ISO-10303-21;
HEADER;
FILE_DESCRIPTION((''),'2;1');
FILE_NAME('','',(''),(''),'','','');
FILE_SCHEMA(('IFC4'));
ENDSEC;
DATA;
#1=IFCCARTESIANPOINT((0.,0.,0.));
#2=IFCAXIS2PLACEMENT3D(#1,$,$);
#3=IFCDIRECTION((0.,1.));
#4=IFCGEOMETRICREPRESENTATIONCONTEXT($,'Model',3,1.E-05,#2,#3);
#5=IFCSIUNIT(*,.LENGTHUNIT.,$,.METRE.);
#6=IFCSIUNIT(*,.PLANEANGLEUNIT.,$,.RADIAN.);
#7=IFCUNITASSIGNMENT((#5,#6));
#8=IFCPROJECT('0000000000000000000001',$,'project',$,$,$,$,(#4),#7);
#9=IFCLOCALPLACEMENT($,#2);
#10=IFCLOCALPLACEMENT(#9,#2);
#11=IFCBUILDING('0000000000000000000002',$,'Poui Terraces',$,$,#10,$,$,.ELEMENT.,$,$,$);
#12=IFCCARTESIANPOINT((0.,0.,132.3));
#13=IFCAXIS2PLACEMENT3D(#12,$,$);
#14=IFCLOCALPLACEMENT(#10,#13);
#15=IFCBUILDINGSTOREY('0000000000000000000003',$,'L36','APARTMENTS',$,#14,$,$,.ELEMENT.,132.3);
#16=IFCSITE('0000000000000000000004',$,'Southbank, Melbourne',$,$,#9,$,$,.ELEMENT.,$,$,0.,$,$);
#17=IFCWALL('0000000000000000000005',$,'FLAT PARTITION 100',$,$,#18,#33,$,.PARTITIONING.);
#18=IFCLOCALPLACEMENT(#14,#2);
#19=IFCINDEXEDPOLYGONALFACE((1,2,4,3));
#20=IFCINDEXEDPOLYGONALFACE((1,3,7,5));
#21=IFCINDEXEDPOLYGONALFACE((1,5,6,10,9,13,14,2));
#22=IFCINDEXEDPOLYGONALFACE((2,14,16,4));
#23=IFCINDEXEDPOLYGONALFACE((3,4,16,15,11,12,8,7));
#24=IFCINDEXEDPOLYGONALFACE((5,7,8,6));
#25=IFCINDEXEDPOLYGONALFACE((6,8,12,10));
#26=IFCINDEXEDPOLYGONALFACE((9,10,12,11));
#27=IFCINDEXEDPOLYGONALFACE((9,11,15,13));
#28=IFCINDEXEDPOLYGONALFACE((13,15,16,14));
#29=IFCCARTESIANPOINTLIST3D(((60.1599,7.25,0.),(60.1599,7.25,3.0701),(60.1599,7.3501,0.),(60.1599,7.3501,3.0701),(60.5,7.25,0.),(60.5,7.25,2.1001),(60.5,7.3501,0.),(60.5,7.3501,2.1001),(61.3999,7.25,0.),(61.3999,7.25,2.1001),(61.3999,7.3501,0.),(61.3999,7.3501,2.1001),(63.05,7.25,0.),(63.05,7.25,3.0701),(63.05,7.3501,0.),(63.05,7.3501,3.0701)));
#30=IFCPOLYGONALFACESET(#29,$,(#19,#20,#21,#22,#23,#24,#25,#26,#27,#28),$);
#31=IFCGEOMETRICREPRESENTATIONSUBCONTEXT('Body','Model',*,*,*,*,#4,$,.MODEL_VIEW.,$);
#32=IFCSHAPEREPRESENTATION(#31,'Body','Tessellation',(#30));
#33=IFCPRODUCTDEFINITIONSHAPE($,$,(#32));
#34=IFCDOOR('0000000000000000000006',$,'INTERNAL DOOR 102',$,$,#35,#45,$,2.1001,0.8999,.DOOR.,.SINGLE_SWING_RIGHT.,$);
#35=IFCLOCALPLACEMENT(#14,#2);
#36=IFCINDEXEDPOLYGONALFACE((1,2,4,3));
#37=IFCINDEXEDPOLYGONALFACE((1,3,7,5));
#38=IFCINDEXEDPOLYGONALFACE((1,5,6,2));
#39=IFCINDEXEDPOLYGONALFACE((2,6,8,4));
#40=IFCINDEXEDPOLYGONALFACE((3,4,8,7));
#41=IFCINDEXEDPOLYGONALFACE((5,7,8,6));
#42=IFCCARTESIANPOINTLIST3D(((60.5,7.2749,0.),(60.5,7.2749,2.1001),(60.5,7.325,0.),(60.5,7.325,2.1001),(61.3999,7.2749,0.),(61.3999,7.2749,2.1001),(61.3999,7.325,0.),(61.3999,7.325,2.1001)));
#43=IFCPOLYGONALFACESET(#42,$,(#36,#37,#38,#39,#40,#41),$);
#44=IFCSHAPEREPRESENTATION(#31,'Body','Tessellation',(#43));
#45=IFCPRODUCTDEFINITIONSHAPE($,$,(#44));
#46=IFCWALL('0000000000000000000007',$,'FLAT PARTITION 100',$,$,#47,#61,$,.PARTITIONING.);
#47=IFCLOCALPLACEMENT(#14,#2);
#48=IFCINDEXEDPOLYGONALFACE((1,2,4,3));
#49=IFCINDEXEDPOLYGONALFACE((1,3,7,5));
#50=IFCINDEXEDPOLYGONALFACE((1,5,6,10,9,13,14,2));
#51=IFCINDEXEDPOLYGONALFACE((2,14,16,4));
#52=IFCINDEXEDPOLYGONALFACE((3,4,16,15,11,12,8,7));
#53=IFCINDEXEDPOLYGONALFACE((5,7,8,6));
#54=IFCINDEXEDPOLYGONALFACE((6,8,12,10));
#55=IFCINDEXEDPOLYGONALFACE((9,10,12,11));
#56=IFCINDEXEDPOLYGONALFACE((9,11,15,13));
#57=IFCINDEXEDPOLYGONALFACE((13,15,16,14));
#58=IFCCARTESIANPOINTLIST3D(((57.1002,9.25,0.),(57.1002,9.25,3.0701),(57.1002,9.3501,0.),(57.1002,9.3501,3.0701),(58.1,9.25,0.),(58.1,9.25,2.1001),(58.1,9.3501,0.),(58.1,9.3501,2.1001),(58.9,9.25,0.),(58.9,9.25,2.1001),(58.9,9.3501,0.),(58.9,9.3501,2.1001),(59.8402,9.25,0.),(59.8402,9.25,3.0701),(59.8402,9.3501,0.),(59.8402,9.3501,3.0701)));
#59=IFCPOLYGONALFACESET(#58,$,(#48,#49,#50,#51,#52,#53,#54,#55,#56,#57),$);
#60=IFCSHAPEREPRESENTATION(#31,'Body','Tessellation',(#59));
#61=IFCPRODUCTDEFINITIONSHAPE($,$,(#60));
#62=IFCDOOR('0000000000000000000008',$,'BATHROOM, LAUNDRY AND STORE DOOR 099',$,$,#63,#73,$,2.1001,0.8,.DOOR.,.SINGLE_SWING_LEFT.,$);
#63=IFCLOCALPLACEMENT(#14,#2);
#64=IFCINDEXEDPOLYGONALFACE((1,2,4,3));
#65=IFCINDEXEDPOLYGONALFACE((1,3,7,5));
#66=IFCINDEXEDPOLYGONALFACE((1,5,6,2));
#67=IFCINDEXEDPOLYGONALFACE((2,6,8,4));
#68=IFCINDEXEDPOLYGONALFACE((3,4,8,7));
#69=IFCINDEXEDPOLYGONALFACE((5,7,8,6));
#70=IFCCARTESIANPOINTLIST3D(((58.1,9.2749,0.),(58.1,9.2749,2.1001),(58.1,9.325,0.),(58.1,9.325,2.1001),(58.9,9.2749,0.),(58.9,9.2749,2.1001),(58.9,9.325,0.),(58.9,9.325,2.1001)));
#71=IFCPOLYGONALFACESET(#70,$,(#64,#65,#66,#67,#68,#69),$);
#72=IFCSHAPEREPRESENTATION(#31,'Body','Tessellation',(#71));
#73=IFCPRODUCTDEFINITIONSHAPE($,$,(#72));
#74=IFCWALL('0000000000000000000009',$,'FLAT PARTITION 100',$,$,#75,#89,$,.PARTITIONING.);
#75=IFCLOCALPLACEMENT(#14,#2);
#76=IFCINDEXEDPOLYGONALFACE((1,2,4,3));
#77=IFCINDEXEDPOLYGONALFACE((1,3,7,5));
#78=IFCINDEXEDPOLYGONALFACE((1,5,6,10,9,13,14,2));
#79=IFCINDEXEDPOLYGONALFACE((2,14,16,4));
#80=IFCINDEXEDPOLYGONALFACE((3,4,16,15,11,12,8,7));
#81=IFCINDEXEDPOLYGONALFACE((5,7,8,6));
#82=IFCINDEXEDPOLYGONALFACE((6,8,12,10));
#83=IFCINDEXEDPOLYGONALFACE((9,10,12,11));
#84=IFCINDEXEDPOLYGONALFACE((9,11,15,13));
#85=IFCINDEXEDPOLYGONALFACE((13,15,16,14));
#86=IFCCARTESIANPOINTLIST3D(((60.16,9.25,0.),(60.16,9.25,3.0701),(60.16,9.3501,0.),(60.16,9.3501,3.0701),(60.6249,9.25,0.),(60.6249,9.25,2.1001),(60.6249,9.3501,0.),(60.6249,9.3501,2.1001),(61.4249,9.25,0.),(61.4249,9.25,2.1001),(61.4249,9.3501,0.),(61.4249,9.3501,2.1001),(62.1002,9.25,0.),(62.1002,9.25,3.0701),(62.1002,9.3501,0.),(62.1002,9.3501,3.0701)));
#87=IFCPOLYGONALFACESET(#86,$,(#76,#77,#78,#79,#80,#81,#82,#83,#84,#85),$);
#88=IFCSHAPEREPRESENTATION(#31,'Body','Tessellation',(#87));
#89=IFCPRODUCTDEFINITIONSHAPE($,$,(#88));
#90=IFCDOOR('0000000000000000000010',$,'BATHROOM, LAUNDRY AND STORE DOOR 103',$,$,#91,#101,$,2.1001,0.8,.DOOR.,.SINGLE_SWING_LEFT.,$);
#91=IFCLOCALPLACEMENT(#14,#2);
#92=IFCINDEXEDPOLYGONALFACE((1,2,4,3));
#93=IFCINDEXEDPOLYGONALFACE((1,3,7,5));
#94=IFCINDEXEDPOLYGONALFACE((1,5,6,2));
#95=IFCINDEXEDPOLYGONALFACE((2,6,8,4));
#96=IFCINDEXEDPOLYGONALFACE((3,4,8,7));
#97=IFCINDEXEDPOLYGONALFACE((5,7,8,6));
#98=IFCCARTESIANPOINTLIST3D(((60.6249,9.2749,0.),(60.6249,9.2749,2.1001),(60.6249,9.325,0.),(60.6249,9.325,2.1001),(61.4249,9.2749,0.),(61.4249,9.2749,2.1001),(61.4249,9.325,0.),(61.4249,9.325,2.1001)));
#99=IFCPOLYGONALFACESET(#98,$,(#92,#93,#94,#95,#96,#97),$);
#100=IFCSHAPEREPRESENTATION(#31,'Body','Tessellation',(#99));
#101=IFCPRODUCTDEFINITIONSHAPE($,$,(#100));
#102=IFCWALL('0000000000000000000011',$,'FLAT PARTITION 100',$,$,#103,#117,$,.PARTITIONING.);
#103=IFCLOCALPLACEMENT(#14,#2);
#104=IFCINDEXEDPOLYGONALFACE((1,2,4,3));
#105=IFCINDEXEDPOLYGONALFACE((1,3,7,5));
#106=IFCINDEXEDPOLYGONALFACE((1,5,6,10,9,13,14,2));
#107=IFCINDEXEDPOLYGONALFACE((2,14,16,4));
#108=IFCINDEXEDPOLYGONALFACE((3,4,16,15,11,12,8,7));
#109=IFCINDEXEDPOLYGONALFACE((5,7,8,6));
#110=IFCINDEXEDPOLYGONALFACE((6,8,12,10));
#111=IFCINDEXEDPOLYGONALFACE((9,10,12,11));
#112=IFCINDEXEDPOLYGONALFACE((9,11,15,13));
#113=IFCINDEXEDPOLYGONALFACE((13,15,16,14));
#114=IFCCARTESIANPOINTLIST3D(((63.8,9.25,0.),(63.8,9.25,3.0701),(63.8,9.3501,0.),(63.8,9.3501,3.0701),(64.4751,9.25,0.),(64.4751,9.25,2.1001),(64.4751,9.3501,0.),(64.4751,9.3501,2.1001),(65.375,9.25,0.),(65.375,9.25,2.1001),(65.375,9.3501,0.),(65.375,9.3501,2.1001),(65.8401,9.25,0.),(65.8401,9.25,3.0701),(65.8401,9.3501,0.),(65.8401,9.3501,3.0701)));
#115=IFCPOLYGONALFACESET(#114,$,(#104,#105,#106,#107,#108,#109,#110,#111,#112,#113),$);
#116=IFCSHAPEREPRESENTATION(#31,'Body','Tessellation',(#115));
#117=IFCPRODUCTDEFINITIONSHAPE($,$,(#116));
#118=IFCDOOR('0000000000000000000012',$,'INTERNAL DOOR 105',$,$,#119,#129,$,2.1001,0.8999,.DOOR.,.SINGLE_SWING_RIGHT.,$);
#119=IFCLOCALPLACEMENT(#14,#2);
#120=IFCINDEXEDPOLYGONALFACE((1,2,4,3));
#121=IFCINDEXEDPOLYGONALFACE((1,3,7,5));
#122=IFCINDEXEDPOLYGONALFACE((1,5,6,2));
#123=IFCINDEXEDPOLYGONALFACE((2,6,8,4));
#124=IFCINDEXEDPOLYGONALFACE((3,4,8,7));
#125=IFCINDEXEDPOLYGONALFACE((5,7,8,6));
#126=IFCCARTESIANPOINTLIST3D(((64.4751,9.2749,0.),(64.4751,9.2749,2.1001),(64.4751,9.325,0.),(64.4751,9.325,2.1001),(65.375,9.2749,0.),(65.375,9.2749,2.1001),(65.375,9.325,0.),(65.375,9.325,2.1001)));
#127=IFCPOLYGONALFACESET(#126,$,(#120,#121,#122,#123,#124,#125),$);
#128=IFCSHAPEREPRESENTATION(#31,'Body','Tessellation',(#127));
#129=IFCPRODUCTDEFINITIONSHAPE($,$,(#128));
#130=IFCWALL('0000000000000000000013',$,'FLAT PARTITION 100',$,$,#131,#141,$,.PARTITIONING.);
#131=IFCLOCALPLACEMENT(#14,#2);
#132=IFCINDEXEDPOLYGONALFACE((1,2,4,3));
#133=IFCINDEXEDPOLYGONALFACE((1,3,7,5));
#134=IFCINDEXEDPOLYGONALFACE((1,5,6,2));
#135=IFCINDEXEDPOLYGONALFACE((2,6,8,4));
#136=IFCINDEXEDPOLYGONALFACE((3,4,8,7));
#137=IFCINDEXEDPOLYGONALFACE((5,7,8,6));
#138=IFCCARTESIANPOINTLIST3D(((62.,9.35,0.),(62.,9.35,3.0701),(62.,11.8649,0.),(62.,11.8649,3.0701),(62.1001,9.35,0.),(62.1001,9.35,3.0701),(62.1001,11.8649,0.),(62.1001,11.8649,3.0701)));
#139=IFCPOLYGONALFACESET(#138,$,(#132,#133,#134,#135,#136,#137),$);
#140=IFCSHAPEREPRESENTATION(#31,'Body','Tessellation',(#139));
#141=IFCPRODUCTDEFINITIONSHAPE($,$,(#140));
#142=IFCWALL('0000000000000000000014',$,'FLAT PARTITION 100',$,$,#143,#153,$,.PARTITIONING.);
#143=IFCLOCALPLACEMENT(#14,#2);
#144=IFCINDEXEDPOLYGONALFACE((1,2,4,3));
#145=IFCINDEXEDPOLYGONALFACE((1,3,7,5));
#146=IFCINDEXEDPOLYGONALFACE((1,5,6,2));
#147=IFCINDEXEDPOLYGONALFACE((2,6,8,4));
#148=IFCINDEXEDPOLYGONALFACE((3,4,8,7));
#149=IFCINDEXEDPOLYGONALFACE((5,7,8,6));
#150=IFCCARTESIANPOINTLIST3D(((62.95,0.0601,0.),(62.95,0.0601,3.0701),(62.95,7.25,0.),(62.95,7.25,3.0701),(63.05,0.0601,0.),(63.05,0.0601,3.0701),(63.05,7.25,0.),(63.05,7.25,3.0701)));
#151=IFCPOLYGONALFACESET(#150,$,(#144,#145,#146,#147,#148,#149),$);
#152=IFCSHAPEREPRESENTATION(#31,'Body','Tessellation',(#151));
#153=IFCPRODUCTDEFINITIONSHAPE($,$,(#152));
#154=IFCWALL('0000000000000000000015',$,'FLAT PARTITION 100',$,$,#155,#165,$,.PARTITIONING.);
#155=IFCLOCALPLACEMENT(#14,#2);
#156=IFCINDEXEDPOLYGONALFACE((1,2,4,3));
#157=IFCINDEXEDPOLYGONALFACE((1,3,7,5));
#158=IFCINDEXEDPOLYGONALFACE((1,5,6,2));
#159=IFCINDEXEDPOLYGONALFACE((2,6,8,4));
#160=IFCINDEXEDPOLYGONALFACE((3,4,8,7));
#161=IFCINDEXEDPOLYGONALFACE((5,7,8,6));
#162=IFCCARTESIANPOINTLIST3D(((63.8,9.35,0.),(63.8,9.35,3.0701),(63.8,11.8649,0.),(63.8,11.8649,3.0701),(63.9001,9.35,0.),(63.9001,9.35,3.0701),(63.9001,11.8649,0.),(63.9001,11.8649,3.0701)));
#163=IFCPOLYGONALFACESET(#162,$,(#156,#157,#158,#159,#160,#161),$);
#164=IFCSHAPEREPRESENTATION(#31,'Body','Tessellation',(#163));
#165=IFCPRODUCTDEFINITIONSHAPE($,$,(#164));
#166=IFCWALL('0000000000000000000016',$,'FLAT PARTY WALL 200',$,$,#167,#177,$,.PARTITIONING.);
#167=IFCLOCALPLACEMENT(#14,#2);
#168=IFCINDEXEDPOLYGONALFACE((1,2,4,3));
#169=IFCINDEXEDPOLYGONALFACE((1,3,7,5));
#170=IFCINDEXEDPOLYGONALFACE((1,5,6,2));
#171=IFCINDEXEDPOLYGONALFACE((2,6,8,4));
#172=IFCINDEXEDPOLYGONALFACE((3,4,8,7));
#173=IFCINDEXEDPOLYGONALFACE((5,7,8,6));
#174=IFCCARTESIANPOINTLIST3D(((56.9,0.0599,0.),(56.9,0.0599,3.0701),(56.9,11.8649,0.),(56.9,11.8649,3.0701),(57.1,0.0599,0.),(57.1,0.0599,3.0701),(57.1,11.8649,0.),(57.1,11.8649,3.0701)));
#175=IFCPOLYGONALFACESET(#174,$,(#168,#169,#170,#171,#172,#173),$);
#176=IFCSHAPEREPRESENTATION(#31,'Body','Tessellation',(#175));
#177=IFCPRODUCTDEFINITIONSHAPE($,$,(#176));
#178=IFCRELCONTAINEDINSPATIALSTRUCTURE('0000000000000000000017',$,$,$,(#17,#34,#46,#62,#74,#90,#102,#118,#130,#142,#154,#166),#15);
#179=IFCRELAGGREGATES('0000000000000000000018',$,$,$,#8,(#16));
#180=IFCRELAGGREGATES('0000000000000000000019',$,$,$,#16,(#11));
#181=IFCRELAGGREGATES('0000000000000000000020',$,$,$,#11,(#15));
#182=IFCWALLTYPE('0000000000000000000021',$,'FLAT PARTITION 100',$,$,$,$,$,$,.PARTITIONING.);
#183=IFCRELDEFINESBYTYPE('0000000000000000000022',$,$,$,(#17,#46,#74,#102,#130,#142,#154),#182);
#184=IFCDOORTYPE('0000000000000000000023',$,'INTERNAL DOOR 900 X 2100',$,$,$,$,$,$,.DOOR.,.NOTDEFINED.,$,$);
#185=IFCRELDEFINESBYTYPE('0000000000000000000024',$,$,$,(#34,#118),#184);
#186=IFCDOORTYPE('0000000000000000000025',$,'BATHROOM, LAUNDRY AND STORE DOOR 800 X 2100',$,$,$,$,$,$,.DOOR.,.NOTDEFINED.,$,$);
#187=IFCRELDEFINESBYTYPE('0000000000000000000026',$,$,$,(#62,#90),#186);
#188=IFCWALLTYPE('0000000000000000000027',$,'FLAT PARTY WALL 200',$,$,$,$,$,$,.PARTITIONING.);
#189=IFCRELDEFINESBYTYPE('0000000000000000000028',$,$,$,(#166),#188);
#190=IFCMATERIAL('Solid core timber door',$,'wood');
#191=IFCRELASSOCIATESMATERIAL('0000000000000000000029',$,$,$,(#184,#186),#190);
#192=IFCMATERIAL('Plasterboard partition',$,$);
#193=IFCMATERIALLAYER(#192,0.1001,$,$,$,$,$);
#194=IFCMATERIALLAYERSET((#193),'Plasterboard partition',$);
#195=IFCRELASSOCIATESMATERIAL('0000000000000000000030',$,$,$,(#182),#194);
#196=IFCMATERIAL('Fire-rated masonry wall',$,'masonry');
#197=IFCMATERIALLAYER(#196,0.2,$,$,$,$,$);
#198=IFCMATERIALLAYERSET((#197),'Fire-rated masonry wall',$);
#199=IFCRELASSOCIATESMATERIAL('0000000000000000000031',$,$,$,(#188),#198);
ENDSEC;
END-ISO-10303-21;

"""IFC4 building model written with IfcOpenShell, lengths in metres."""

from ifc_helpers import new_model, si_unit, direction, frame, frame_2d, origin, place, context, subcontext, project, spatial, rectangle, extrude, material, layer, layer_set, type_object, element, fill, save


model = new_model("IFC4")

# Units and contexts
model_context = context("Model", 3, precision=1e-05, world=origin(), true_north=direction((0.0, 1.0)))
body_context = subcontext(model_context, "Body", "Model", "MODEL_VIEW")
ifc_project = project(units=[si_unit("LENGTHUNIT", "METRE"), si_unit("PLANEANGLEUNIT", "RADIAN")], contexts=[model_context])

# Site, building, storey
site_placement = place(None, origin())
site = spatial("IfcSite", under=ifc_project, at=site_placement, Name="Southbank, Melbourne", CompositionType="ELEMENT", RefElevation=0.0)
building_placement = place(site_placement, origin())
building = spatial("IfcBuilding", under=site, at=building_placement, Name="Poui Terraces", CompositionType="ELEMENT")
storey_placement = place(building_placement, frame((0.0, 0.0, 132.3)))
storey = spatial("IfcBuildingStorey", under=building, at=storey_placement, Name="L36", Description="APARTMENTS", CompositionType="ELEMENT", Elevation=132.3)

# Walls, openings, doors
ifc_material_1 = material(Name="Solid core timber door", Category="wood")
door_type_1 = type_object("IfcDoorType", Name="INTERNAL DOOR 900 X 2100", OperationType="NOTDEFINED", PredefinedType="DOOR", material=ifc_material_1)
ifc_material_2 = material(Name="Plasterboard partition")
ifc_layer_1 = layer(ifc_material_2, 0.1001)
ifc_layer_set_1 = layer_set([ifc_layer_1], Name="Plasterboard partition")
wall_type_1 = type_object("IfcWallType", Name="FLAT PARTITION 100", PredefinedType="PARTITIONING", material=ifc_layer_set_1)
wall_1_placement = place(storey_placement, frame((60.1599, 7.3, 0.0), z_axis=(0.0, 0.0, 1.0), x_axis=(1.0, 0.0, 0.0)))
wall_1 = element("IfcWall", 1, at=wall_1_placement, inside=storey, type_object=wall_type_1, Name="FLAT PARTITION 100", PredefinedType="PARTITIONING", context=body_context, shape_type="SweptSolid", body=[
    extrude(rectangle(XDim=2.8901, YDim=0.1001, at=frame_2d((1.4451, 0.0))), origin(), (0.0, 0.0, 1.0), 3.0701),
])
opening_1_placement = place(wall_1_placement, frame((0.3401, 0.0, 0.0)))
opening_1 = element("IfcOpeningElement", 2, at=opening_1_placement, cuts=wall_1, PredefinedType="OPENING", context=body_context, shape_type="SweptSolid", body=[
    extrude(rectangle(XDim=0.8999, YDim=2.1001, at=frame_2d((0.45, 1.05))), frame((0.0, 0.0601, 0.0), z_axis=(0.0, -1.0, 0.0), x_axis=(1.0, 0.0, 0.0)), (0.0, 0.0, 1.0), 0.1201),
])
door_1_placement = place(opening_1_placement, origin())
door_1 = element("IfcDoor", 3, at=door_1_placement, inside=storey, type_object=door_type_1, Name="INTERNAL DOOR 102", OperationType="SINGLE_SWING_RIGHT", OverallHeight=2.1001, OverallWidth=0.8999, PredefinedType="DOOR", context=body_context, shape_type="SweptSolid", body=[
    extrude(rectangle(XDim=0.8999, YDim=2.1001, at=frame_2d((0.45, 1.05))), frame((0.0, 0.0249, 0.0), z_axis=(0.0, -1.0, 0.0), x_axis=(1.0, 0.0, 0.0)), (0.0, 0.0, 1.0), 0.05),
])
fill(opening_1, door_1)
wall_2_placement = place(storey_placement, frame((57.1001, 9.3, 0.0), z_axis=(0.0, 0.0, 1.0), x_axis=(1.0, 0.0, 0.0)))
wall_2 = element("IfcWall", 4, at=wall_2_placement, inside=storey, type_object=wall_type_1, Name="FLAT PARTITION 100", PredefinedType="PARTITIONING", context=body_context, shape_type="SweptSolid", body=[
    extrude(rectangle(XDim=2.74, YDim=0.1001, at=frame_2d((1.3701, 0.0))), origin(), (0.0, 0.0, 1.0), 3.0701),
])
opening_2_placement = place(wall_2_placement, frame((1.0, 0.0, 0.0)))
opening_2 = element("IfcOpeningElement", 5, at=opening_2_placement, cuts=wall_2, PredefinedType="OPENING", context=body_context, shape_type="SweptSolid", body=[
    extrude(rectangle(XDim=0.8, YDim=2.1001, at=frame_2d((0.3999, 1.05))), frame((0.0, 0.0601, 0.0), z_axis=(0.0, -1.0, 0.0), x_axis=(1.0, 0.0, 0.0)), (0.0, 0.0, 1.0), 0.1201),
])
door_type_2 = type_object("IfcDoorType", Name="BATHROOM, LAUNDRY AND STORE DOOR 800 X 2100", OperationType="NOTDEFINED", PredefinedType="DOOR", material=ifc_material_1)
door_2_placement = place(opening_2_placement, origin())
door_2 = element("IfcDoor", 6, at=door_2_placement, inside=storey, type_object=door_type_2, Name="BATHROOM, LAUNDRY AND STORE DOOR 099", OperationType="SINGLE_SWING_LEFT", OverallHeight=2.1001, OverallWidth=0.8, PredefinedType="DOOR", context=body_context, shape_type="SweptSolid", body=[
    extrude(rectangle(XDim=0.8, YDim=2.1001, at=frame_2d((0.3999, 1.05))), frame((0.0, 0.0249, 0.0), z_axis=(0.0, -1.0, 0.0), x_axis=(1.0, 0.0, 0.0)), (0.0, 0.0, 1.0), 0.05),
])
fill(opening_2, door_2)
wall_3_placement = place(storey_placement, frame((60.1599, 9.3, 0.0), z_axis=(0.0, 0.0, 1.0), x_axis=(1.0, 0.0, 0.0)))
wall_3 = element("IfcWall", 7, at=wall_3_placement, inside=storey, type_object=wall_type_1, Name="FLAT PARTITION 100", PredefinedType="PARTITIONING", context=body_context, shape_type="SweptSolid", body=[
    extrude(rectangle(XDim=1.9402, YDim=0.1001, at=frame_2d((0.9702, 0.0))), origin(), (0.0, 0.0, 1.0), 3.0701),
])
opening_3_placement = place(wall_3_placement, frame((0.4651, 0.0, 0.0)))
opening_3 = element("IfcOpeningElement", 8, at=opening_3_placement, cuts=wall_3, PredefinedType="OPENING", context=body_context, shape_type="SweptSolid", body=[
    extrude(rectangle(XDim=0.8, YDim=2.1001, at=frame_2d((0.3999, 1.05))), frame((0.0, 0.0601, 0.0), z_axis=(0.0, -1.0, 0.0), x_axis=(1.0, 0.0, 0.0)), (0.0, 0.0, 1.0), 0.1201),
])
door_3_placement = place(opening_3_placement, origin())
door_3 = element("IfcDoor", 9, at=door_3_placement, inside=storey, type_object=door_type_2, Name="BATHROOM, LAUNDRY AND STORE DOOR 103", OperationType="SINGLE_SWING_LEFT", OverallHeight=2.1001, OverallWidth=0.8, PredefinedType="DOOR", context=body_context, shape_type="SweptSolid", body=[
    extrude(rectangle(XDim=0.8, YDim=2.1001, at=frame_2d((0.3999, 1.05))), frame((0.0, 0.0249, 0.0), z_axis=(0.0, -1.0, 0.0), x_axis=(1.0, 0.0, 0.0)), (0.0, 0.0, 1.0), 0.05),
])
fill(opening_3, door_3)
wall_4_placement = place(storey_placement, frame((63.8, 9.3, 0.0), z_axis=(0.0, 0.0, 1.0), x_axis=(1.0, 0.0, 0.0)))
wall_4 = element("IfcWall", 10, at=wall_4_placement, inside=storey, type_object=wall_type_1, Name="FLAT PARTITION 100", PredefinedType="PARTITIONING", context=body_context, shape_type="SweptSolid", body=[
    extrude(rectangle(XDim=2.04, YDim=0.1001, at=frame_2d((1.02, 0.0))), origin(), (0.0, 0.0, 1.0), 3.0701),
])
opening_4_placement = place(wall_4_placement, frame((0.675, 0.0, 0.0)))
opening_4 = element("IfcOpeningElement", 11, at=opening_4_placement, cuts=wall_4, PredefinedType="OPENING", context=body_context, shape_type="SweptSolid", body=[
    extrude(rectangle(XDim=0.8999, YDim=2.1001, at=frame_2d((0.45, 1.05))), frame((0.0, 0.0601, 0.0), z_axis=(0.0, -1.0, 0.0), x_axis=(1.0, 0.0, 0.0)), (0.0, 0.0, 1.0), 0.1201),
])
door_4_placement = place(opening_4_placement, origin())
door_4 = element("IfcDoor", 12, at=door_4_placement, inside=storey, type_object=door_type_1, Name="INTERNAL DOOR 105", OperationType="SINGLE_SWING_RIGHT", OverallHeight=2.1001, OverallWidth=0.8999, PredefinedType="DOOR", context=body_context, shape_type="SweptSolid", body=[
    extrude(rectangle(XDim=0.8999, YDim=2.1001, at=frame_2d((0.45, 1.05))), frame((0.0, 0.0249, 0.0), z_axis=(0.0, -1.0, 0.0), x_axis=(1.0, 0.0, 0.0)), (0.0, 0.0, 1.0), 0.05),
])
fill(opening_4, door_4)

# Walls
wall_5_placement = place(storey_placement, frame((62.05, 9.3501, 0.0), z_axis=(0.0, 0.0, 1.0), x_axis=(0.0, 1.0, 0.0)))
element("IfcWall", 13, at=wall_5_placement, inside=storey, type_object=wall_type_1, Name="FLAT PARTITION 100", PredefinedType="PARTITIONING", context=body_context, shape_type="SweptSolid", body=[
    extrude(rectangle(XDim=2.5149, YDim=0.1001, at=frame_2d((1.2573, 0.0))), origin(), (0.0, 0.0, 1.0), 3.0701),
])
wall_6_placement = place(storey_placement, frame((63.0, 0.0601, 0.0), z_axis=(0.0, 0.0, 1.0), x_axis=(0.0, 1.0, 0.0)))
element("IfcWall", 14, at=wall_6_placement, inside=storey, type_object=wall_type_1, Name="FLAT PARTITION 100", PredefinedType="PARTITIONING", context=body_context, shape_type="SweptSolid", body=[
    extrude(rectangle(XDim=7.1899, YDim=0.1001, at=frame_2d((3.595, 0.0))), origin(), (0.0, 0.0, 1.0), 3.0701),
])
wall_7_placement = place(storey_placement, frame((63.8501, 9.3501, 0.0), z_axis=(0.0, 0.0, 1.0), x_axis=(0.0, 1.0, 0.0)))
element("IfcWall", 15, at=wall_7_placement, inside=storey, type_object=wall_type_1, Name="FLAT PARTITION 100", PredefinedType="PARTITIONING", context=body_context, shape_type="SweptSolid", body=[
    extrude(rectangle(XDim=2.5149, YDim=0.1001, at=frame_2d((1.2573, 0.0))), origin(), (0.0, 0.0, 1.0), 3.0701),
])
ifc_material_3 = material(Name="Fire-rated masonry wall", Category="masonry")
ifc_layer_2 = layer(ifc_material_3, 0.2)
ifc_layer_set_2 = layer_set([ifc_layer_2], Name="Fire-rated masonry wall")
wall_type_2 = type_object("IfcWallType", Name="FLAT PARTY WALL 200", PredefinedType="PARTITIONING", material=ifc_layer_set_2)
wall_8_placement = place(storey_placement, frame((57.0, 0.0601, 0.0), z_axis=(0.0, 0.0, 1.0), x_axis=(0.0, 1.0, 0.0)))
element("IfcWall", 16, at=wall_8_placement, inside=storey, type_object=wall_type_2, Name="FLAT PARTY WALL 200", PredefinedType="PARTITIONING", context=body_context, shape_type="SweptSolid", body=[
    extrude(rectangle(XDim=11.8049, YDim=0.2, at=frame_2d((5.9023, 0.0))), origin(), (0.0, 0.0, 1.0), 3.0701),
])

save(model, "model.ifc")
